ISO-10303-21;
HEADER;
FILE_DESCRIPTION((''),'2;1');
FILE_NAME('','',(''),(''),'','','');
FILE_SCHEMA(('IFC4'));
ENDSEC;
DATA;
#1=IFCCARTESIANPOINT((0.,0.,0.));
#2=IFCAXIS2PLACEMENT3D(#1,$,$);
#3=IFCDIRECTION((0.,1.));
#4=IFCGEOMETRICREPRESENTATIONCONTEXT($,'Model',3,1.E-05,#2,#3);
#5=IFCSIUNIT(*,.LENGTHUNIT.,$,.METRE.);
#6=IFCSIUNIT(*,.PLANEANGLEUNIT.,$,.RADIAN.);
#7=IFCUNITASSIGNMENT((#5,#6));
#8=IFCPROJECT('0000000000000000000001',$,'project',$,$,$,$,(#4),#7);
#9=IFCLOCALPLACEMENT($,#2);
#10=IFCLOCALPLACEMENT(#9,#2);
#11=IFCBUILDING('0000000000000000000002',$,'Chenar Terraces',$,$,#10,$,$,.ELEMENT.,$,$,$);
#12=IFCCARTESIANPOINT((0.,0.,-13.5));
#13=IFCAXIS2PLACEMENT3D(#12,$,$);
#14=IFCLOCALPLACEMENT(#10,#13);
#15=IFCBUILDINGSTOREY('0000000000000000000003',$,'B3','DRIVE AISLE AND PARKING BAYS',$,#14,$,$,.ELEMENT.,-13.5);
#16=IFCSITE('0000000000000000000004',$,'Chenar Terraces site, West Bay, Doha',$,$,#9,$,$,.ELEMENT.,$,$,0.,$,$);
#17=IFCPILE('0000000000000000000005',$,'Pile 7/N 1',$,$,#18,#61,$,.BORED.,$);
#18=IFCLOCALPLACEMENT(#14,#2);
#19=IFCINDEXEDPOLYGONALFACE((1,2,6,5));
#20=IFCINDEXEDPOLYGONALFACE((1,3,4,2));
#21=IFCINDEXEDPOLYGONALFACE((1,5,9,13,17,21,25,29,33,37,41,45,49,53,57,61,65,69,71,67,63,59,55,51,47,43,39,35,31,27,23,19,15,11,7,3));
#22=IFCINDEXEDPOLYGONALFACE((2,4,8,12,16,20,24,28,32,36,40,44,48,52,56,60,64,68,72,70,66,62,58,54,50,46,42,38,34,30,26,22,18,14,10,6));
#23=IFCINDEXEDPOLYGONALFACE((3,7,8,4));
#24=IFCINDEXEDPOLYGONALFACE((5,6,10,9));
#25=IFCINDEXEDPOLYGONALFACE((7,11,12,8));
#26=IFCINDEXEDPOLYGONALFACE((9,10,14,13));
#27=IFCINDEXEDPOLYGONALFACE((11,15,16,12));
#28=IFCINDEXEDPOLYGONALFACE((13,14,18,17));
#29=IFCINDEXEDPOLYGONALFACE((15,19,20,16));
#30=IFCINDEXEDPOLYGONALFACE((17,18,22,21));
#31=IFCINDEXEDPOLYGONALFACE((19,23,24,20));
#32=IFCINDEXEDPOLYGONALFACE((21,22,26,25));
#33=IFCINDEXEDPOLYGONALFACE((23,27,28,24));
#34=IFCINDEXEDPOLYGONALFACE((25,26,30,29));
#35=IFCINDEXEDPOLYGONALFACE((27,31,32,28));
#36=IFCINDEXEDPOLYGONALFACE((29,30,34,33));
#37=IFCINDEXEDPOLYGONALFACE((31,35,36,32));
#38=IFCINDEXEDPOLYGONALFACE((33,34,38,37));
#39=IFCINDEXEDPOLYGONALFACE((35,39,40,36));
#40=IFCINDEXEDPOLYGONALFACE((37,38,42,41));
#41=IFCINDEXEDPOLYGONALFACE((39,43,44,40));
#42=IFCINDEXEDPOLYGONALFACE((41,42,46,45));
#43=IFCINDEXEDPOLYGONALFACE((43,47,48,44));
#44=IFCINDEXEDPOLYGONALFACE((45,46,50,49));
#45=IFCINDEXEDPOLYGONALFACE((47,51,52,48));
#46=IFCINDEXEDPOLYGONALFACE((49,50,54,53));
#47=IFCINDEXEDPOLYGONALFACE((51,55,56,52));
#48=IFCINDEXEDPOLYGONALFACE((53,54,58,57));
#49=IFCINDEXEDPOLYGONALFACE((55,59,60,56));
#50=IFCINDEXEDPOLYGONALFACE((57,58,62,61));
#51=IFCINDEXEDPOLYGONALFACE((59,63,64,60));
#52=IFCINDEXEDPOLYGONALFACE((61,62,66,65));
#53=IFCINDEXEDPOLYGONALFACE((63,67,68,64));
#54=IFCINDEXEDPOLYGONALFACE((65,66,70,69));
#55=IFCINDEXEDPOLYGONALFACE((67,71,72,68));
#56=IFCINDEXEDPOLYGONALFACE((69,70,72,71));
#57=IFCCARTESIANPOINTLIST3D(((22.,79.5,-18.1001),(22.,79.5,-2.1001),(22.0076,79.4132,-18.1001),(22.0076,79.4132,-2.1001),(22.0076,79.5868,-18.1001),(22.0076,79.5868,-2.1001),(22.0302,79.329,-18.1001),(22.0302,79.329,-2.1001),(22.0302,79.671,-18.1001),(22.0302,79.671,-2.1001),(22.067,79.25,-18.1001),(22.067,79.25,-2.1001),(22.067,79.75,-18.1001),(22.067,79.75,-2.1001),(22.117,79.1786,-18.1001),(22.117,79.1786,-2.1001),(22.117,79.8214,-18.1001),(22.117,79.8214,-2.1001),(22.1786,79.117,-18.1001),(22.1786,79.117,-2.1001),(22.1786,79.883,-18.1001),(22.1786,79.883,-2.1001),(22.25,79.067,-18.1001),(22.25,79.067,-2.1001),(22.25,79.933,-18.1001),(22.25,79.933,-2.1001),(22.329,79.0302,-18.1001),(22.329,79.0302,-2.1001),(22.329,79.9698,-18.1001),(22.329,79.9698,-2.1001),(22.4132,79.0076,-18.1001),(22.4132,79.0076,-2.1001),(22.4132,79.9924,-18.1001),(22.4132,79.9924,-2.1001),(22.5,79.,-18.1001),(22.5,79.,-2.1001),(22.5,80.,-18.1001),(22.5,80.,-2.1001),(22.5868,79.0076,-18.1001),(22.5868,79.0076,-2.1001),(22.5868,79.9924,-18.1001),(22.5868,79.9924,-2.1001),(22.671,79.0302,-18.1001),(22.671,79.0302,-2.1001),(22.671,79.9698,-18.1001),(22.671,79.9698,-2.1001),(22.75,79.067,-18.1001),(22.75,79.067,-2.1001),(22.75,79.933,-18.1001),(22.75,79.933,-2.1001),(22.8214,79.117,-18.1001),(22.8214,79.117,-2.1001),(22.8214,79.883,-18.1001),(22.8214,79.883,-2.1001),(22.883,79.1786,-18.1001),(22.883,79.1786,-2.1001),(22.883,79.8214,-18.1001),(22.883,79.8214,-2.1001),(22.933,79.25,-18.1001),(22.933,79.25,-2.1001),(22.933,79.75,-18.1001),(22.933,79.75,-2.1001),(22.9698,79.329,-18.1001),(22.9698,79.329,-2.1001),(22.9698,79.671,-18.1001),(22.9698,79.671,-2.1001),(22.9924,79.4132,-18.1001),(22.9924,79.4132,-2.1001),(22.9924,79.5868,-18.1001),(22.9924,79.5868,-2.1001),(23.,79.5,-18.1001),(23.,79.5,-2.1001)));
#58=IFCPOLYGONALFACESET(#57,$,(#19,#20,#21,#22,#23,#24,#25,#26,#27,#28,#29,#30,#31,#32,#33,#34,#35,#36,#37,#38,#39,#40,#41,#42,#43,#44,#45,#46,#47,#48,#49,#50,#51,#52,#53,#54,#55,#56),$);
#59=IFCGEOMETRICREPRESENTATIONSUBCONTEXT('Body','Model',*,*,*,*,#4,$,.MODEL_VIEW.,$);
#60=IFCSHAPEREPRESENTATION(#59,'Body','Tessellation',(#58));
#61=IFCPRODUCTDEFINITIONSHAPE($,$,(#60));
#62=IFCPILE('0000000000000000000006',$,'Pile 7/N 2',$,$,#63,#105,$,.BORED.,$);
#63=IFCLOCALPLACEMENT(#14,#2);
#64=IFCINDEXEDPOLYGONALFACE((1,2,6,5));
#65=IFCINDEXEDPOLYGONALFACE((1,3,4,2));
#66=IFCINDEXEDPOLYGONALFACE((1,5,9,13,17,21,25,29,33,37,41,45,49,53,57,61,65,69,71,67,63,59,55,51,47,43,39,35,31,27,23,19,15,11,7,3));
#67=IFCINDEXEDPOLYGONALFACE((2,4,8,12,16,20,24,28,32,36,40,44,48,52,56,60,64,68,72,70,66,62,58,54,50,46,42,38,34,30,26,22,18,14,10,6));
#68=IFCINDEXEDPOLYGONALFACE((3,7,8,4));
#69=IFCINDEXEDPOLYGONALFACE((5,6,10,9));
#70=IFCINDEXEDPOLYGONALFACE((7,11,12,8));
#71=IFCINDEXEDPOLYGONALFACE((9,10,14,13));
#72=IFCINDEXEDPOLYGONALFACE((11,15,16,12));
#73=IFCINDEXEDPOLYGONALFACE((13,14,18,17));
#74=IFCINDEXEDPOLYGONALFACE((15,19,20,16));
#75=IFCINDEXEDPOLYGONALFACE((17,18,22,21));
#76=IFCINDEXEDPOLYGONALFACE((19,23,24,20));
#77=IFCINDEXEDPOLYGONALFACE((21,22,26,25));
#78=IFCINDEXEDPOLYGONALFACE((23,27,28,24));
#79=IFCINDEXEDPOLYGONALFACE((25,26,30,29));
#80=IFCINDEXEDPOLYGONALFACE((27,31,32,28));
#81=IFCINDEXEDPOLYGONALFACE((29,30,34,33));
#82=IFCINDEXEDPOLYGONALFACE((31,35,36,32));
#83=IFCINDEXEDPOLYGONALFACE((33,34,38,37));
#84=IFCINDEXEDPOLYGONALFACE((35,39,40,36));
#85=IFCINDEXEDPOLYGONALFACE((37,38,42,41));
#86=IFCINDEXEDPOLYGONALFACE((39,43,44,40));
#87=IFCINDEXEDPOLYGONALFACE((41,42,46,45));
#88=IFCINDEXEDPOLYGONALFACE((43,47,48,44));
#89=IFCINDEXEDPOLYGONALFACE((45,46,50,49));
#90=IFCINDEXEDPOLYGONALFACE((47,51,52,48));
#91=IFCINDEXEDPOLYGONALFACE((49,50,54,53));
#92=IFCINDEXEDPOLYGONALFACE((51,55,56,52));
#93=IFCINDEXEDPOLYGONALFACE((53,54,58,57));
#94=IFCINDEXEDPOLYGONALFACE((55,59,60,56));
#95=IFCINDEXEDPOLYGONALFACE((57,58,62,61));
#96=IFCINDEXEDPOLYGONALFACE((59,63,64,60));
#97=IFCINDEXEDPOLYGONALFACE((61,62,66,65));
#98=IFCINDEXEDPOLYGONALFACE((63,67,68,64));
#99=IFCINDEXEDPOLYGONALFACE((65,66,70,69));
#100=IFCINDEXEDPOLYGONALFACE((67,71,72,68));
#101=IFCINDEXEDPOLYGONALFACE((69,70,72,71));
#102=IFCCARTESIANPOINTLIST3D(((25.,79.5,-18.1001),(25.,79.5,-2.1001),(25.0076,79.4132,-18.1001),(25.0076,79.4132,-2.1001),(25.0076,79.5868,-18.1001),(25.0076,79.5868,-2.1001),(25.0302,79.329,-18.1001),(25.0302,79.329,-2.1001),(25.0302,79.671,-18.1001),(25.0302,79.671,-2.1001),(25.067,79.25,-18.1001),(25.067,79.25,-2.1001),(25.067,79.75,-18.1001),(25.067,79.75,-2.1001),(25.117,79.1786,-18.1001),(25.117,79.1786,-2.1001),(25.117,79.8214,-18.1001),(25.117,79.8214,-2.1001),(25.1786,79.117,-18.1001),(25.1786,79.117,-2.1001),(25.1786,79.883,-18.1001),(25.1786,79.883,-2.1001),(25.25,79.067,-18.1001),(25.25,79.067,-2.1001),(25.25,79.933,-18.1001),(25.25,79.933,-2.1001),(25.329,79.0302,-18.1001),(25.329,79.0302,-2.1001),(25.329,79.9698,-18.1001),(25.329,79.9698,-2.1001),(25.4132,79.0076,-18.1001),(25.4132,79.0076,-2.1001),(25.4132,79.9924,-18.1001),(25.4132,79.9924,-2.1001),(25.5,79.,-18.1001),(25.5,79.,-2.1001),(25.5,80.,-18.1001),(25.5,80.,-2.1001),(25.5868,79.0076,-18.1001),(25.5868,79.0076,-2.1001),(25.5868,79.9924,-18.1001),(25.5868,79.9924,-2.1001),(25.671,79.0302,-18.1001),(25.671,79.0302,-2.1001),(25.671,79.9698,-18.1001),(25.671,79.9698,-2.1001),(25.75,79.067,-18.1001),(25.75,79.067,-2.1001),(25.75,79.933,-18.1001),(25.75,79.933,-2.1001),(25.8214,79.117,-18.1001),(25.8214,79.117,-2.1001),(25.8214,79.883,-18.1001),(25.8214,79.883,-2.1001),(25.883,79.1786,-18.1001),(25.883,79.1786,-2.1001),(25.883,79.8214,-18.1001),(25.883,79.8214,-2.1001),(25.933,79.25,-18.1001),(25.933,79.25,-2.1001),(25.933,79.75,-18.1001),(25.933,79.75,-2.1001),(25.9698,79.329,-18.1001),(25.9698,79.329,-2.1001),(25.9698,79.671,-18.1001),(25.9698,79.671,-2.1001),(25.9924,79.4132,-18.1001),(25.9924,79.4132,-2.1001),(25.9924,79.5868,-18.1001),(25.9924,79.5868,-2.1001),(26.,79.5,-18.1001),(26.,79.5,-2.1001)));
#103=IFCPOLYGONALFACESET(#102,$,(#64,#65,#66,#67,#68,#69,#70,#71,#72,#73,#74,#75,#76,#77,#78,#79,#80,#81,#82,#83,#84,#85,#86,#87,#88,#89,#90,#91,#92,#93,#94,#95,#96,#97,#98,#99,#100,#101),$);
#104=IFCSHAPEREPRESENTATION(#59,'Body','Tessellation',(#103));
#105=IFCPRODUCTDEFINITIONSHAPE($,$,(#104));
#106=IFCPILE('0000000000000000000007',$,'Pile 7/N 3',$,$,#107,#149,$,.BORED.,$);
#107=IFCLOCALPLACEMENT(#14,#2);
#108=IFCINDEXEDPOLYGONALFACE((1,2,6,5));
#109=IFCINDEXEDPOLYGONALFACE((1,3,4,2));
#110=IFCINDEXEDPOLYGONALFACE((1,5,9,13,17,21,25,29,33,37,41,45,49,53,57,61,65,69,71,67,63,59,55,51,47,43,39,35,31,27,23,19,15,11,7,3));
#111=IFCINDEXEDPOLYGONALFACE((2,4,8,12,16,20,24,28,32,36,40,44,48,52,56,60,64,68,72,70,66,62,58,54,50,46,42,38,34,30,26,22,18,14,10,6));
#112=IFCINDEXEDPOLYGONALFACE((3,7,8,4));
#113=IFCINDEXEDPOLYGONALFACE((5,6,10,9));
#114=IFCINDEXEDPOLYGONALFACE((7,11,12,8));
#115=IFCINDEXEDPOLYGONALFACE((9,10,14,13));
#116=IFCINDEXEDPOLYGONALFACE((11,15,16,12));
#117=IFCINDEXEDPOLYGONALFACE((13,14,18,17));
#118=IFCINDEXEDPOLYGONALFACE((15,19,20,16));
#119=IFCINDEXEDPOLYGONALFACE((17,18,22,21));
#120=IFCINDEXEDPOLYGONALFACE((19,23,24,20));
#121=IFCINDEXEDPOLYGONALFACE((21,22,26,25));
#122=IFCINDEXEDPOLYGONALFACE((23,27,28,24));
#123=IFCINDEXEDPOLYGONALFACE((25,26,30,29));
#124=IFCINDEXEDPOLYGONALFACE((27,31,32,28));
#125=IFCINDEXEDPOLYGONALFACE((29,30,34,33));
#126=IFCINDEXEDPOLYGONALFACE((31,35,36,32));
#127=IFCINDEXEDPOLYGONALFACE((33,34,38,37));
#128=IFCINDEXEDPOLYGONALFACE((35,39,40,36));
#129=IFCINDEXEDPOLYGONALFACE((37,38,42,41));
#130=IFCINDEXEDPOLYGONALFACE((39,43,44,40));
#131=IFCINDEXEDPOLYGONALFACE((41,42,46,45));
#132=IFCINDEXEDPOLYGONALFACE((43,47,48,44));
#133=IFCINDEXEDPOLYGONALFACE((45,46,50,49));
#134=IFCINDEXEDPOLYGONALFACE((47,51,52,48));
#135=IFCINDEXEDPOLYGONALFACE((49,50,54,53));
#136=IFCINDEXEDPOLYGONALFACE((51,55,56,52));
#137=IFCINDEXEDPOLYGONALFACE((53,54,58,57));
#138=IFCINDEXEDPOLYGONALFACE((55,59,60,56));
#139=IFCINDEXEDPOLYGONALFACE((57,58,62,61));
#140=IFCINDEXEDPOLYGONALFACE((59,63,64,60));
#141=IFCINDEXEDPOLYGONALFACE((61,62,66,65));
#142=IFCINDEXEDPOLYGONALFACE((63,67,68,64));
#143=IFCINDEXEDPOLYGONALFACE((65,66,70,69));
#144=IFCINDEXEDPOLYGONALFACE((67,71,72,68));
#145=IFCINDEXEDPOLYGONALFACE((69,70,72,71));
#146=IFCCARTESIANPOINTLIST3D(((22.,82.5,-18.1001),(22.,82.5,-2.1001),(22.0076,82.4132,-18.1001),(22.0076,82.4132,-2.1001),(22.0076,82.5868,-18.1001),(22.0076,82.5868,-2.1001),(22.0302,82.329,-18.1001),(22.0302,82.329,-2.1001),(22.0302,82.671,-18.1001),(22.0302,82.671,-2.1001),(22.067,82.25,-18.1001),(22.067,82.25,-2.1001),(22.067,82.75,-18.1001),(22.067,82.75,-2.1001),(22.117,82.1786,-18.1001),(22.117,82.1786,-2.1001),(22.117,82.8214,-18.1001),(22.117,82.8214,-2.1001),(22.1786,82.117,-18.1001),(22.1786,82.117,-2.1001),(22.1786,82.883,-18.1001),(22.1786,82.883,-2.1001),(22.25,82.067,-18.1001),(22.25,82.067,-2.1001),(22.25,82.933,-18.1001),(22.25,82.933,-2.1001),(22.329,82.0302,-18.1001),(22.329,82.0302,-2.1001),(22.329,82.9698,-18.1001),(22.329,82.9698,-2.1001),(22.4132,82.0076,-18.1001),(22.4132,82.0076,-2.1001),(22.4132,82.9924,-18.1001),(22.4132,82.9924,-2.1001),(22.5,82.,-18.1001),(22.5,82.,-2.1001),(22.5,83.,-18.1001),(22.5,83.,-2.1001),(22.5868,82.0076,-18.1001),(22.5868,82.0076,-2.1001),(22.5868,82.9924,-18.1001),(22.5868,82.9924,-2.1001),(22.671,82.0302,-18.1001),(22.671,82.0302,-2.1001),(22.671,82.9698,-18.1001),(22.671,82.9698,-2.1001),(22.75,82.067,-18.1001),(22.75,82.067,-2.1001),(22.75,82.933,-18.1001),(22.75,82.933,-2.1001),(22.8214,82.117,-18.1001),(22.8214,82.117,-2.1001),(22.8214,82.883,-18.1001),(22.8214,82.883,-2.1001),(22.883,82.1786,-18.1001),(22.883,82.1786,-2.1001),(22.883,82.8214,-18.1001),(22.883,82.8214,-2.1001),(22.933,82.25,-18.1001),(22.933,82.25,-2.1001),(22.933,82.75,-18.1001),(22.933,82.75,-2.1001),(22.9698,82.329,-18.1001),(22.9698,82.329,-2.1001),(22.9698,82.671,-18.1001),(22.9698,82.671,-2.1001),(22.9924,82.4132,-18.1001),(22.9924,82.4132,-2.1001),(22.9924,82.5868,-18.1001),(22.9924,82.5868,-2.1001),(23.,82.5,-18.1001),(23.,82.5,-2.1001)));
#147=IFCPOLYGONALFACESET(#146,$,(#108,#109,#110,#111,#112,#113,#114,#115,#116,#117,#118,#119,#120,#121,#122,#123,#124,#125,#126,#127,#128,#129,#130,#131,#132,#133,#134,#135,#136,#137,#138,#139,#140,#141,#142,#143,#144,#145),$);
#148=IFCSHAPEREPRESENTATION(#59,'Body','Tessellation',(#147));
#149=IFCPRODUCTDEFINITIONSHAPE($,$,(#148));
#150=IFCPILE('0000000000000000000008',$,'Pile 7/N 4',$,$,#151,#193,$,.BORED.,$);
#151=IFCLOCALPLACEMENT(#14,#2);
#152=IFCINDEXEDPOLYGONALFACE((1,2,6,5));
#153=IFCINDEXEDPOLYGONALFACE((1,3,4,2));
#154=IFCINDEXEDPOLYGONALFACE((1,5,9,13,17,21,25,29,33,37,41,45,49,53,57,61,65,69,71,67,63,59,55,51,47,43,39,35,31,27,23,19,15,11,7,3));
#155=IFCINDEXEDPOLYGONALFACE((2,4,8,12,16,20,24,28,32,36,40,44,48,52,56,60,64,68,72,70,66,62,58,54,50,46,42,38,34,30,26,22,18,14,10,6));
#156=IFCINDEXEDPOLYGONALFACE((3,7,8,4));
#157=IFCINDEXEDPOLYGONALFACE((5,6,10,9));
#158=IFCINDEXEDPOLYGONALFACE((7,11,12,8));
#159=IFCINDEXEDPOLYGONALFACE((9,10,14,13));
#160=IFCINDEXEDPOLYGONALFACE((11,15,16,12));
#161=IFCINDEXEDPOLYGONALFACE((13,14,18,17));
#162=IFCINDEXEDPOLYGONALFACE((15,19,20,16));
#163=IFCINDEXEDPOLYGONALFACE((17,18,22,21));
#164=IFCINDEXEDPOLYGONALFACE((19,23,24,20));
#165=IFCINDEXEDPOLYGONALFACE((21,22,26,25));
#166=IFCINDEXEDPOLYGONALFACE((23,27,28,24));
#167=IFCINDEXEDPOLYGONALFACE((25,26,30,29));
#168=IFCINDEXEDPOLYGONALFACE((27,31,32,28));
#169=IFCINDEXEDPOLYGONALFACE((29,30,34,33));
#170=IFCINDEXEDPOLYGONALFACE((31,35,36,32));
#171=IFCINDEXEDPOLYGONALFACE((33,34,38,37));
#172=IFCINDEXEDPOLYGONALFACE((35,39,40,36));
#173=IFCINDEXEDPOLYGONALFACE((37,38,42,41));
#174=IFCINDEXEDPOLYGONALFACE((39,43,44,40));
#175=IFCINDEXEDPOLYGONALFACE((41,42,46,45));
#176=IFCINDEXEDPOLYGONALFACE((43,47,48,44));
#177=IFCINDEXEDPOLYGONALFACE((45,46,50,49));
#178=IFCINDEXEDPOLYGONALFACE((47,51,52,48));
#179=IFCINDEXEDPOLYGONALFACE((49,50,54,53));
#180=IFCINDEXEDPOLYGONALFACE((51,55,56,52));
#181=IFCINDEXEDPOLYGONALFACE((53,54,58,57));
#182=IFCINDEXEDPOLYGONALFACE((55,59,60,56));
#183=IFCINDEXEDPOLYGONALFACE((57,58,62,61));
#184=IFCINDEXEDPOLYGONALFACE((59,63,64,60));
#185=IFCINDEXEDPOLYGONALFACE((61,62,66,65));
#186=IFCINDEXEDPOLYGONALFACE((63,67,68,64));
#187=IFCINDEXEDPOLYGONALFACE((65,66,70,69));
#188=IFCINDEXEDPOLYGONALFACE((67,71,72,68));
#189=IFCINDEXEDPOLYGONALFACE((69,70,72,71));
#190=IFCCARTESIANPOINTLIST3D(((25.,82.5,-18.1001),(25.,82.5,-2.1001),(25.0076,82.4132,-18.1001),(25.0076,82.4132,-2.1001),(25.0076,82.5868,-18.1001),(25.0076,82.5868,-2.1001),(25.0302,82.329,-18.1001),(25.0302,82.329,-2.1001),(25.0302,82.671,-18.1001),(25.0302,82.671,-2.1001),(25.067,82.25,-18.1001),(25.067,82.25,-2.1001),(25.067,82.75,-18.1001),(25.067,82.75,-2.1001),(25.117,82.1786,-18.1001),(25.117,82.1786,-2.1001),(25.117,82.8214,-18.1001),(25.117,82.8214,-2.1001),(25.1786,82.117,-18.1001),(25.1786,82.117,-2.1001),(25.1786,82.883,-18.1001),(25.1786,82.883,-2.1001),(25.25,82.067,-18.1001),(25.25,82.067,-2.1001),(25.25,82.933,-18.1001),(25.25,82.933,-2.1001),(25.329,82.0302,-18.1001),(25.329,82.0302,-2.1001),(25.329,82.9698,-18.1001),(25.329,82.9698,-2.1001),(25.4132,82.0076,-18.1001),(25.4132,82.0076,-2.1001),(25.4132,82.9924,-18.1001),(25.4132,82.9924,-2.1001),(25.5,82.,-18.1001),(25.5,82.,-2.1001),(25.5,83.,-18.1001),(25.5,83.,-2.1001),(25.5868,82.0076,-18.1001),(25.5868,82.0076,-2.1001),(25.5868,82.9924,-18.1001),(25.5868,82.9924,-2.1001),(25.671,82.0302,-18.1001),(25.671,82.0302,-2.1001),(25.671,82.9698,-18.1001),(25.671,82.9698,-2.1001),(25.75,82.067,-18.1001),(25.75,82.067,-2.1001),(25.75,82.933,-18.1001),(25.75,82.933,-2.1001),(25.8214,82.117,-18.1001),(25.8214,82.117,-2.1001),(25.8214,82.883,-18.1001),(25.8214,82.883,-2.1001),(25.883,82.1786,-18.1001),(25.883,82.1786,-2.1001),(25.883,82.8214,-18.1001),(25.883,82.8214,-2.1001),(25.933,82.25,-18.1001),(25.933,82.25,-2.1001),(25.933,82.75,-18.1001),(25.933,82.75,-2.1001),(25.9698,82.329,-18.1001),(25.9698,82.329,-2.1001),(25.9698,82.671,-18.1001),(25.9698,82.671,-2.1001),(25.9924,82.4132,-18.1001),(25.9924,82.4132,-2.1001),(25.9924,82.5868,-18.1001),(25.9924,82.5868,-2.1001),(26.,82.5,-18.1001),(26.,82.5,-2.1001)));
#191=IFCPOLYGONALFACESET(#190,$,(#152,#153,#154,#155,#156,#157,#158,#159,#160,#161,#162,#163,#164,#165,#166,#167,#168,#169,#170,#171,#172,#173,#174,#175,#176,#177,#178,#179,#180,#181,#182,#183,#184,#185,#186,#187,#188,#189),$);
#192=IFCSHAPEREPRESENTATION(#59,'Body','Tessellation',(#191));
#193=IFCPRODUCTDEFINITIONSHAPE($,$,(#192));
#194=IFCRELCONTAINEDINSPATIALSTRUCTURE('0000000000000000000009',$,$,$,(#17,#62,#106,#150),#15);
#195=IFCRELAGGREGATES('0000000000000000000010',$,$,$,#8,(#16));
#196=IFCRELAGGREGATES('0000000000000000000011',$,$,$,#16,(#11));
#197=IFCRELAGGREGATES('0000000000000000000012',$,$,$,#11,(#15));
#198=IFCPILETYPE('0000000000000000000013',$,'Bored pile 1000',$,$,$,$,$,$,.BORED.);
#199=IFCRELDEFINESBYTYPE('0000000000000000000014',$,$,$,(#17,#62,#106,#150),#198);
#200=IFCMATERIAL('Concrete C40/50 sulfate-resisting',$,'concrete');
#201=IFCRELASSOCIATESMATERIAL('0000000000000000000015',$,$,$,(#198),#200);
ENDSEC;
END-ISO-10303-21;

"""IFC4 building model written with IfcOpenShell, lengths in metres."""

from ifc_helpers import new_model, si_unit, direction, frame, origin, origin_2d, place, context, subcontext, project, spatial, circle, extrude, material, material_profile, profile_set, type_object, element, save


model = new_model("IFC4")

# Units and contexts
model_context = context("Model", 3, precision=1e-05, world=origin(), true_north=direction((0.0, 1.0)))
body_context = subcontext(model_context, "Body", "Model", "MODEL_VIEW")
ifc_project = project(units=[si_unit("LENGTHUNIT", "METRE"), si_unit("PLANEANGLEUNIT", "RADIAN")], contexts=[model_context])

# Site, building, storey
site_placement = place(None, origin())
site = spatial("IfcSite", under=ifc_project, at=site_placement, Name="Chenar Terraces site, West Bay, Doha", CompositionType="ELEMENT", RefElevation=0.0)
building_placement = place(site_placement, origin())
building = spatial("IfcBuilding", under=site, at=building_placement, Name="Chenar Terraces", CompositionType="ELEMENT")
storey_placement = place(building_placement, frame((0.0, 0.0, -13.5)))
storey = spatial("IfcBuildingStorey", under=building, at=storey_placement, Name="B3", Description="DRIVE AISLE AND PARKING BAYS", CompositionType="ELEMENT", Elevation=-13.5)

# Piles
ifc_material_1 = material(Name="Concrete C40/50 sulfate-resisting", Category="concrete")
ifc_material_profile_1 = material_profile(ifc_material_1, circle(Radius=0.5, at=origin_2d()), Name="BP 1000")
ifc_profile_set_1 = profile_set([ifc_material_profile_1], Name="Concrete C40/50 sulfate-resisting")
pile_type = type_object("IfcPileType", Name="Bored pile 1000", PredefinedType="BORED", material=ifc_profile_set_1)
for number, where, z_axis, x_axis, name in (
    (1, (22.5, 79.5, -2.1001), (0.0, 0.0, -1.0), (1.0, 0.0, 0.0), "Pile 7/N 1"),
    (2, (25.5, 79.5, -2.1001), (0.0, 0.0, -1.0), (1.0, 0.0, 0.0), "Pile 7/N 2"),
    (3, (22.5, 82.5, -2.1001), (0.0, 0.0, -1.0), (1.0, 0.0, 0.0), "Pile 7/N 3"),
    (4, (25.5, 82.5, -2.1001), (0.0, 0.0, -1.0), (1.0, 0.0, 0.0), "Pile 7/N 4"),
):
    element("IfcPile", number, at=place(storey_placement, frame(where, z_axis=z_axis, x_axis=x_axis)), inside=storey, type_object=pile_type, Name=name, PredefinedType="BORED", context=body_context, shape_type="SweptSolid", body=[
        extrude(circle(Radius=0.5, at=origin_2d()), origin(), (0.0, 0.0, 1.0), 16.0),
    ])

save(model, "model.ifc")
